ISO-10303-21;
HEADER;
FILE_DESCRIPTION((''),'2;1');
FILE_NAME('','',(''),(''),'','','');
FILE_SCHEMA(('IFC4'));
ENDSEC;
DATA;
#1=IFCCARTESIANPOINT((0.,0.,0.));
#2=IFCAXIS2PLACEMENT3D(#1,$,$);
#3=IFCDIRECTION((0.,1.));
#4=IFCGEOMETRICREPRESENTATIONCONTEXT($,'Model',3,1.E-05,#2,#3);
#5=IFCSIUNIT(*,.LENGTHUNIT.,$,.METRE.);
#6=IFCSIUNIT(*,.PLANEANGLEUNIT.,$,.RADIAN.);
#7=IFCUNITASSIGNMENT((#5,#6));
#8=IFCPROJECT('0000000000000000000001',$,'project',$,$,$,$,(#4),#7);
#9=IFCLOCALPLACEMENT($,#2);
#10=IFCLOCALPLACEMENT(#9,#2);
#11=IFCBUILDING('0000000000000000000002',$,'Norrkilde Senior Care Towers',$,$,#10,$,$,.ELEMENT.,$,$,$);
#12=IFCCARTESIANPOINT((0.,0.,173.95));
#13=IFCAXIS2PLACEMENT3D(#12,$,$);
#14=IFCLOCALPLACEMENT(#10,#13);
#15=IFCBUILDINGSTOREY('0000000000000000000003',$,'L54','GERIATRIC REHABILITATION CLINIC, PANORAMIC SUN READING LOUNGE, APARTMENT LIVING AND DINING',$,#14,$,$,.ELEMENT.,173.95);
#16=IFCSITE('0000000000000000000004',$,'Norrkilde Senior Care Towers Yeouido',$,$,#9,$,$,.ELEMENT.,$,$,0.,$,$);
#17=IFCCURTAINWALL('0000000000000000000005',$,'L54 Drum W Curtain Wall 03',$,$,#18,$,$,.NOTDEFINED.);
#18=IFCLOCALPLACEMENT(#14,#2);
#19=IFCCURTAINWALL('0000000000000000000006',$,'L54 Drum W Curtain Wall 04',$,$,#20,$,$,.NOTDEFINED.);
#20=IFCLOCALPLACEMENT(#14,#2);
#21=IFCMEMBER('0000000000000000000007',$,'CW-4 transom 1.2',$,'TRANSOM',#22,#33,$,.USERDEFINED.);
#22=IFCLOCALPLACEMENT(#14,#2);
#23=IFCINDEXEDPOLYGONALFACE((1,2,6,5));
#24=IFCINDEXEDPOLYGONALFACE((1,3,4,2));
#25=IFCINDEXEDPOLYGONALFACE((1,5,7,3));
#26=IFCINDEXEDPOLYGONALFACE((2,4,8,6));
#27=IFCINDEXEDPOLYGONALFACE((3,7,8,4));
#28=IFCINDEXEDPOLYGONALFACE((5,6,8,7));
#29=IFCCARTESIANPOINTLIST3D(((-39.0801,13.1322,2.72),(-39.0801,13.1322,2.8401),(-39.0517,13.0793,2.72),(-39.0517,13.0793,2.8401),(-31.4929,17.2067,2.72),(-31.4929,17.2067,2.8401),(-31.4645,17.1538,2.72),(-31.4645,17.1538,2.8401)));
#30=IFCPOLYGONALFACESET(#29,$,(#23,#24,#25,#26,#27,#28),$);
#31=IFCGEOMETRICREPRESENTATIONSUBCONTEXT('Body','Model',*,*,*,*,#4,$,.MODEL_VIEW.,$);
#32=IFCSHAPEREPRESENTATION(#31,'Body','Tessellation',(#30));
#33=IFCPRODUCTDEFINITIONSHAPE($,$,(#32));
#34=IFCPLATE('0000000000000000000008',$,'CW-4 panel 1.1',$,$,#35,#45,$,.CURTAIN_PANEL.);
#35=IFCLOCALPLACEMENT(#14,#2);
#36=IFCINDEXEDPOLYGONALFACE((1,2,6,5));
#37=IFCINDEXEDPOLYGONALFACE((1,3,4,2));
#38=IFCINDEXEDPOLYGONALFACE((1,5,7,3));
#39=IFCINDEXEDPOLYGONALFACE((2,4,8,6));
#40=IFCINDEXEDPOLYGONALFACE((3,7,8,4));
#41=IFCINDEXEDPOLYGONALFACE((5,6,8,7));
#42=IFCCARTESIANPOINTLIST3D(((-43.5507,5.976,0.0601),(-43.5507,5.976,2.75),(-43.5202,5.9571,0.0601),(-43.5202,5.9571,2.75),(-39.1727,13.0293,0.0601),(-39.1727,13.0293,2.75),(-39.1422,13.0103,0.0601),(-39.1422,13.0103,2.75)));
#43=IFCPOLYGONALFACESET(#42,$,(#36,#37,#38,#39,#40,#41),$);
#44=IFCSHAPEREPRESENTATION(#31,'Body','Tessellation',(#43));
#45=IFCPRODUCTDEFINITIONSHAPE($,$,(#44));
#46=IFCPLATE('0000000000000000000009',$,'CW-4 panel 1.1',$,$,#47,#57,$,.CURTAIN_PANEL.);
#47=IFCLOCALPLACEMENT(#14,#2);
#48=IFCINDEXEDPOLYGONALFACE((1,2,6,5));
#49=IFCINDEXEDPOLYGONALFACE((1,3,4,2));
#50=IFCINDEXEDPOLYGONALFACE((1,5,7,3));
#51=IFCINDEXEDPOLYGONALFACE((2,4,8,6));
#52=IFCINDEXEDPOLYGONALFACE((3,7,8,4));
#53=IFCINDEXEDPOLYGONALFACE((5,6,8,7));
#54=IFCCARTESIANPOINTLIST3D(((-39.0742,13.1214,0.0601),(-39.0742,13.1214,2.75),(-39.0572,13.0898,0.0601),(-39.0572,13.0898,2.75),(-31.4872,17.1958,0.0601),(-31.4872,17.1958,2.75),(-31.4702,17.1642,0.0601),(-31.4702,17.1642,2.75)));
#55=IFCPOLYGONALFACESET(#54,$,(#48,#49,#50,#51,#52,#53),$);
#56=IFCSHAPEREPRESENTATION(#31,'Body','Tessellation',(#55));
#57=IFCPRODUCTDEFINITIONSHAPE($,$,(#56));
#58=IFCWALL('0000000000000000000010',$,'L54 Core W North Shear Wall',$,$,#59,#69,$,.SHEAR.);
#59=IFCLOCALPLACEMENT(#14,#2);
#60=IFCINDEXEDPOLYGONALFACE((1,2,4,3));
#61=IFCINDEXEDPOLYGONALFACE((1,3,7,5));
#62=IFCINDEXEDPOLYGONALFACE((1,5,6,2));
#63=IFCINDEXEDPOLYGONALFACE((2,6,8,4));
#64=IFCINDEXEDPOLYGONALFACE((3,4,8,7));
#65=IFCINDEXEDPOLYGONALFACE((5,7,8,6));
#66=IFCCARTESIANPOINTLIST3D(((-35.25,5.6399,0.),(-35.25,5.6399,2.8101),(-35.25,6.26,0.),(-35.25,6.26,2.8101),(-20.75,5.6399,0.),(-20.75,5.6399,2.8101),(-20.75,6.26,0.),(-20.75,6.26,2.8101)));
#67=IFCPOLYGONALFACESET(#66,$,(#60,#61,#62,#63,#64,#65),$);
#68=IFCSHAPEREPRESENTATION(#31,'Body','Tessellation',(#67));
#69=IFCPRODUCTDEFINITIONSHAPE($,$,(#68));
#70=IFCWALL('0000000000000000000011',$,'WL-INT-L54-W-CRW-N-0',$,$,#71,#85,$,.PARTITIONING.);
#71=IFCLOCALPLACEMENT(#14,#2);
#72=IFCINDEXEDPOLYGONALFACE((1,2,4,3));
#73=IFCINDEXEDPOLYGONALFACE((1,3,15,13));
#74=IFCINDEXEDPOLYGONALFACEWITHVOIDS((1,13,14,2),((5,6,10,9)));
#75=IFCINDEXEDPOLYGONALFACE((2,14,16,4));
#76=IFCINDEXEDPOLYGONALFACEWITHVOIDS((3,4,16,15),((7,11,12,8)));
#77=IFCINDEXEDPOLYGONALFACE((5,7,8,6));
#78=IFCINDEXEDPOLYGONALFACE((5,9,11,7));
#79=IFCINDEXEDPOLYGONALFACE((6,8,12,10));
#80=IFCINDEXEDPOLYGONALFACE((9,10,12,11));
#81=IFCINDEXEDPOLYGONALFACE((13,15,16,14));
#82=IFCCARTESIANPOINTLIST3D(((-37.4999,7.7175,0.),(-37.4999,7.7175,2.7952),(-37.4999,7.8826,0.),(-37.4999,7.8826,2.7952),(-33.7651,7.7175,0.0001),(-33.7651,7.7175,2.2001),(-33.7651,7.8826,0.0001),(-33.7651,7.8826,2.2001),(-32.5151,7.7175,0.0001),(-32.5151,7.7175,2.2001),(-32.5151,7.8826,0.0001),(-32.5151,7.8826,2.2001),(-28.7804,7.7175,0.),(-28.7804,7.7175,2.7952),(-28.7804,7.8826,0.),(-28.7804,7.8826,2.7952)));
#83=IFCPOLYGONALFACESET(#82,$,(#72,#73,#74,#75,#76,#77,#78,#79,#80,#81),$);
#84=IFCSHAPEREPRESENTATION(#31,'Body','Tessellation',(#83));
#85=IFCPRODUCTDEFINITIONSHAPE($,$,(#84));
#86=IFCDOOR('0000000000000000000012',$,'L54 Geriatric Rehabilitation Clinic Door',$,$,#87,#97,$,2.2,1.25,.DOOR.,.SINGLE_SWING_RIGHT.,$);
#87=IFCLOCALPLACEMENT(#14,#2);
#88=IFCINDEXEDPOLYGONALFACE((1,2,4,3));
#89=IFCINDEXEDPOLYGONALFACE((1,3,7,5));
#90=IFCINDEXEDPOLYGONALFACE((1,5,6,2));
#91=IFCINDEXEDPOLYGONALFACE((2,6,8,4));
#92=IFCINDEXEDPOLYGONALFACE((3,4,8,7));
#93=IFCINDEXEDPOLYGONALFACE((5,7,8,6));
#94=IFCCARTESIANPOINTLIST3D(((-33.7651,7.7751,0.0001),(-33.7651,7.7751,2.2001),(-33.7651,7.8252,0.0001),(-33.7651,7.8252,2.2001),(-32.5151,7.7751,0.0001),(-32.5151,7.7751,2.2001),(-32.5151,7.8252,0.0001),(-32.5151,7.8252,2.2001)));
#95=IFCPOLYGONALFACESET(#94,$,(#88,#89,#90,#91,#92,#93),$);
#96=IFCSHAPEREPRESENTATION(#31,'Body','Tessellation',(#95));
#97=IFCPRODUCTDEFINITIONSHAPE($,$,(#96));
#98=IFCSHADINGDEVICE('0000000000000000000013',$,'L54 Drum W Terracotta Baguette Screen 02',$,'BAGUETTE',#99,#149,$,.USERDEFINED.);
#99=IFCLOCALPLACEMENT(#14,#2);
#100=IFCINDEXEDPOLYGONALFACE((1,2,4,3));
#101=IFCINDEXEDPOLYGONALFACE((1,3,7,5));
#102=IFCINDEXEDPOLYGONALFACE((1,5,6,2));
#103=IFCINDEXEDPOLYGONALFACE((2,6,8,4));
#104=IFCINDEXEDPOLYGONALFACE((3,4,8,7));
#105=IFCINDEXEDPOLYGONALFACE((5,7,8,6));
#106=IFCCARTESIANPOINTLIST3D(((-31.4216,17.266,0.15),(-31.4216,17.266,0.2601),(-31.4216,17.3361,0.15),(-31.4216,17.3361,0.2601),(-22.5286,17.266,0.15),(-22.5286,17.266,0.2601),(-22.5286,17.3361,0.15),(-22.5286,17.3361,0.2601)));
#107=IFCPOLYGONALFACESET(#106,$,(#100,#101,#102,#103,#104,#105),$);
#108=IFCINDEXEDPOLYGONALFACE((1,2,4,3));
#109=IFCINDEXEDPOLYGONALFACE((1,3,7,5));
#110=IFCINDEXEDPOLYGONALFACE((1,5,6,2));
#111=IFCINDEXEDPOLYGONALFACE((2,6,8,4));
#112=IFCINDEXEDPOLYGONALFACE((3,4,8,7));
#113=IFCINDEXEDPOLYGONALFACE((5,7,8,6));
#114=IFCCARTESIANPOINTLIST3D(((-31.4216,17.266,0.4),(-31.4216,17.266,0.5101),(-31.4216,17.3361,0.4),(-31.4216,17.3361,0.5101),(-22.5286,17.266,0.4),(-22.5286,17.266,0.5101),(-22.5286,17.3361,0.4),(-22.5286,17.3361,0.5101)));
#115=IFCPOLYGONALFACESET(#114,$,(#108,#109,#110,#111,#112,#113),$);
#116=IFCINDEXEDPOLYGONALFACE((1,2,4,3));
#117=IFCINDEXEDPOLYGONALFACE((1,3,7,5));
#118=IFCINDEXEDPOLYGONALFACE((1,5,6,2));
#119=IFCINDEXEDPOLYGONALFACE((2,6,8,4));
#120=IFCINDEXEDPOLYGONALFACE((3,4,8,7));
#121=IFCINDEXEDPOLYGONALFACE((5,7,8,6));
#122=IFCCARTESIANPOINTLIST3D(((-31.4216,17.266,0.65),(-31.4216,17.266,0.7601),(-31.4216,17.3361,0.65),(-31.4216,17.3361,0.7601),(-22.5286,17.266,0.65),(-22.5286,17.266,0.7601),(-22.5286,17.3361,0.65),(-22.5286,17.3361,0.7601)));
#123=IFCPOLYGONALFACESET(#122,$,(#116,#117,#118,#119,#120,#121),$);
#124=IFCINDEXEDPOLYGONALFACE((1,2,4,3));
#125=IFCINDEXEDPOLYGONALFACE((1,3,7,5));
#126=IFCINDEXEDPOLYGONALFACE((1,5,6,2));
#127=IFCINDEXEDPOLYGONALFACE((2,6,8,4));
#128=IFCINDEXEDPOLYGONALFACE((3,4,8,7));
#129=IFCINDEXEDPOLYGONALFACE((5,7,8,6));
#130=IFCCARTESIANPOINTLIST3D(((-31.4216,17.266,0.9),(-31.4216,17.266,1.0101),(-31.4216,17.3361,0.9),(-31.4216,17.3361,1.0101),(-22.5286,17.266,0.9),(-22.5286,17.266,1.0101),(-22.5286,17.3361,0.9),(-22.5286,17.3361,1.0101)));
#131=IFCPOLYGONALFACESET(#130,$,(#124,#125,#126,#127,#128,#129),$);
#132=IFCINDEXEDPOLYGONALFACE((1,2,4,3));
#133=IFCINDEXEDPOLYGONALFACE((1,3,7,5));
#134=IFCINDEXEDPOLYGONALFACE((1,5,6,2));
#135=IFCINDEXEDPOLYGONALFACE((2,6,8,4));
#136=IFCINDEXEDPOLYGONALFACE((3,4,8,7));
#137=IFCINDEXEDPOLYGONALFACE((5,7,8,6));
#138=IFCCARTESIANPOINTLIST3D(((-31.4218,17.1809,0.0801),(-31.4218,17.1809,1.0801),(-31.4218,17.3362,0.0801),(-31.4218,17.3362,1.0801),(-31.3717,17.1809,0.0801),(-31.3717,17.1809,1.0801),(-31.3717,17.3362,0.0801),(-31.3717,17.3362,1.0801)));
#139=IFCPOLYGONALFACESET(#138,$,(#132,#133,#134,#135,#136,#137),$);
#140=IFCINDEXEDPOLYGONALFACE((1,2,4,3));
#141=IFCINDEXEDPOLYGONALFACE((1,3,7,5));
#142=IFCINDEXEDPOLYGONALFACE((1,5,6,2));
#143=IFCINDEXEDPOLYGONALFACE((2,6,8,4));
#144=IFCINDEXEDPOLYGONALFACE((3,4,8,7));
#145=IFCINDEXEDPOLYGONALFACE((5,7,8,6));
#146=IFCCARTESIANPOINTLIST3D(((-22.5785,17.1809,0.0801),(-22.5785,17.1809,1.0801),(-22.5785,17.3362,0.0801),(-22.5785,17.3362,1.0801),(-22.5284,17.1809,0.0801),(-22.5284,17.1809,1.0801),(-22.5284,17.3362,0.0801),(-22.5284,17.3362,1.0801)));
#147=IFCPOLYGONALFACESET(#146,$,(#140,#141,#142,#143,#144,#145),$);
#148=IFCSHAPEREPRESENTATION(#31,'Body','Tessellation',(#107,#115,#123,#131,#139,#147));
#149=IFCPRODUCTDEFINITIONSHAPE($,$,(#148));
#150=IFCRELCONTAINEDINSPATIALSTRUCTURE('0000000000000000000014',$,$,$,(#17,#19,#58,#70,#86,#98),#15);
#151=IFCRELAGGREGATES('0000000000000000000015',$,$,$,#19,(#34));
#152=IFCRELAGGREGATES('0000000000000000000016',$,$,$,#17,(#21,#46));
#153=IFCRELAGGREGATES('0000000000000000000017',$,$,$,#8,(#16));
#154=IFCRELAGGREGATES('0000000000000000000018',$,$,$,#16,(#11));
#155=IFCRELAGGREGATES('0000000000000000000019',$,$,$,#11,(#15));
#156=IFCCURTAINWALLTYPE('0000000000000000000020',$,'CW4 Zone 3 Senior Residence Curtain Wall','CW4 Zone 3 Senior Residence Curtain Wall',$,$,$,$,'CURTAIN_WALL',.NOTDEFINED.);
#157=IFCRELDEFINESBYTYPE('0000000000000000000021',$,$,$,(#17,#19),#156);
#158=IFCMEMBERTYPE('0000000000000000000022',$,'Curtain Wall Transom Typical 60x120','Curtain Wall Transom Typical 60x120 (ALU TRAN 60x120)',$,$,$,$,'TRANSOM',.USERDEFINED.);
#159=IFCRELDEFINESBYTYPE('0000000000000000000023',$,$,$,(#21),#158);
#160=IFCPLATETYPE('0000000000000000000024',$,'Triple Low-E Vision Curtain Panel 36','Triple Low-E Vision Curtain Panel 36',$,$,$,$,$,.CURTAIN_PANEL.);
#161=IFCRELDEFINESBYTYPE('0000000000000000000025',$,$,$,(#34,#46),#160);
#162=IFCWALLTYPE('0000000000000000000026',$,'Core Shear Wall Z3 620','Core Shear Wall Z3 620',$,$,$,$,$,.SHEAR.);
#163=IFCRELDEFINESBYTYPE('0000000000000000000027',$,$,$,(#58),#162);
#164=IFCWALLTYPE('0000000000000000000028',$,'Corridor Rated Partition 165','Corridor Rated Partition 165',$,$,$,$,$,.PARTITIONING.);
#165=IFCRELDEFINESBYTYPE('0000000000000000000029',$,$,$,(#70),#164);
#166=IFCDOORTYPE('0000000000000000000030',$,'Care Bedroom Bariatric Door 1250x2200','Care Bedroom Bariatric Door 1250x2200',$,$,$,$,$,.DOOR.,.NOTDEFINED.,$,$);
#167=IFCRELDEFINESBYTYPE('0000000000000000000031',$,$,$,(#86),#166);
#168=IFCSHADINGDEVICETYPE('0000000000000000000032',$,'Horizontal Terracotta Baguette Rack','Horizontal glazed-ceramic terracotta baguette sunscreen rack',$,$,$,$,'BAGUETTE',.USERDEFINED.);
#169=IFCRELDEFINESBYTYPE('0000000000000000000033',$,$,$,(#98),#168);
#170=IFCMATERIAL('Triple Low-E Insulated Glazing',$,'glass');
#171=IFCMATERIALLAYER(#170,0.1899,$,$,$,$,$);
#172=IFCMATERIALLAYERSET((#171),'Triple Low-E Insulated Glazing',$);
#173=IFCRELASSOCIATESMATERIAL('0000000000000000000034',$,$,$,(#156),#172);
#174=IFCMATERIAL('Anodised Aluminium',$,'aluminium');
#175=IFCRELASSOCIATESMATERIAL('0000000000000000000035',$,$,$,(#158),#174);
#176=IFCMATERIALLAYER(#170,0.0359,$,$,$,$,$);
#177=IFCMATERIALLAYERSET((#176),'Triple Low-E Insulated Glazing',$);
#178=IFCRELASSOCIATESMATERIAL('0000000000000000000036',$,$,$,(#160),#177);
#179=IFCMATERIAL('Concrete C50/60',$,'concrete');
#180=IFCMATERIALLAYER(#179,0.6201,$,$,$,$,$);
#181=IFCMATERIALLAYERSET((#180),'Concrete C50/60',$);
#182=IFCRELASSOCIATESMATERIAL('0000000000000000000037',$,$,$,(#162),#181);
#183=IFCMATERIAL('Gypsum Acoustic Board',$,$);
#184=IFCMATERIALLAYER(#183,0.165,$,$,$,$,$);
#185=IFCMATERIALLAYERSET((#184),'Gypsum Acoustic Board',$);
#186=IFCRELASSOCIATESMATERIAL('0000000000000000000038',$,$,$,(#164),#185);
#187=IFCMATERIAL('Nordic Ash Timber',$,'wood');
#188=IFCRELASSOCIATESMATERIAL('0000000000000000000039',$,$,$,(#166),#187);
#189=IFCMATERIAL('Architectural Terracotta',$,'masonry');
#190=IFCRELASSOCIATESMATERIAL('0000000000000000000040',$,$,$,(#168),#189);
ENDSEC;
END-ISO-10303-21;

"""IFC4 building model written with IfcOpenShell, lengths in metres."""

from ifc_helpers import new_model, si_unit, direction, frame, frame_2d, origin, origin_2d, place, context, subcontext, project, spatial, rectangle, extrude, source, transform, mapped, material, layer, layer_set, material_profile, profile_set, type_object, type_shapes, element, fill, aggregate, save


model = new_model("IFC4")

# Units and contexts
model_context = context("Model", 3, precision=1e-05, world=origin(), true_north=direction((0.0, 1.0)))
body_context = subcontext(model_context, "Body", "Model", "MODEL_VIEW")
ifc_project = project(units=[si_unit("LENGTHUNIT", "METRE"), si_unit("PLANEANGLEUNIT", "RADIAN")], contexts=[model_context])

# Site, building, storey
site_placement = place(None, origin())
site = spatial("IfcSite", under=ifc_project, at=site_placement, Name="Norrkilde Senior Care Towers Yeouido", CompositionType="ELEMENT", RefElevation=0.0)
building_placement = place(site_placement, origin())
building = spatial("IfcBuilding", under=site, at=building_placement, Name="Norrkilde Senior Care Towers", CompositionType="ELEMENT")
storey_placement = place(building_placement, frame((0.0, 0.0, 173.95)))
storey = spatial("IfcBuildingStorey", under=building, at=storey_placement, Name="L54", Description="GERIATRIC REHABILITATION CLINIC, PANORAMIC SUN READING LOUNGE, APARTMENT LIVING AND DINING", CompositionType="ELEMENT", Elevation=173.95)

# Shared definitions
ifc_material_1 = material(Name="Concrete C50/60", Category="concrete")

# Shared definitions
ifc_material_2 = material(Name="Triple Low-E Insulated Glazing", Category="glass")
ifc_layer_1 = layer(ifc_material_2, 0.1899)
ifc_layer_set_1 = layer_set([ifc_layer_1], Name="Triple Low-E Insulated Glazing")
curtain_wall_type = type_object("IfcCurtainWallType", Name="CW4 Zone 3 Senior Residence Curtain Wall", Description="CW4 Zone 3 Senior Residence Curtain Wall", ElementType="CURTAIN_WALL", PredefinedType="NOTDEFINED", material=ifc_layer_set_1)
ifc_material_3 = material(Name="Anodised Aluminium", Category="aluminium")

# Curtain walls
curtain_wall_1_placement = place(storey_placement, origin())
curtain_wall_1 = element("IfcCurtainWall", 1, at=curtain_wall_1_placement, inside=storey, type_object=curtain_wall_type, Name="L54 Drum W Curtain Wall 03", PredefinedType="NOTDEFINED")
curtain_wall_2_placement = place(storey_placement, origin())
curtain_wall_2 = element("IfcCurtainWall", 2, at=curtain_wall_2_placement, inside=storey, type_object=curtain_wall_type, Name="L54 Drum W Curtain Wall 04", PredefinedType="NOTDEFINED")
ifc_material_profile_1 = material_profile(ifc_material_3, rectangle(XDim=0.0601, YDim=0.1201, at=origin_2d()), Name="ALU TRAN 60x120")
ifc_profile_set_1 = profile_set([ifc_material_profile_1], Name="Anodised Aluminium")
member_type_1 = type_object("IfcMemberType", Name="Curtain Wall Transom Typical 60x120", Description="Curtain Wall Transom Typical 60x120 (ALU TRAN 60x120)", ElementType="TRANSOM", PredefinedType="USERDEFINED", material=ifc_profile_set_1)

# Member
shared_shape_1 = source(origin(), body_context, "Body", "SweptSolid", [
    extrude(rectangle(XDim=0.0601, YDim=0.1201, at=origin_2d()), origin(), (0.0, 0.0, 1.0), 8.6121),
])
member_1_placement = place(storey_placement, frame((-39.0659, 13.1057, 2.78), z_axis=(0.881, 0.473116, 0.0), x_axis=(-0.473116, 0.881, 0.0)))
member_1 = element("IfcMember", 3, at=member_1_placement, type_object=member_type_1, Name="CW-4 transom 1.2", ObjectType="TRANSOM", PredefinedType="USERDEFINED", context=body_context, shape_type="MappedRepresentation", body=[
    mapped(shared_shape_1, transform((0.0, 0.0, 0.0), x_axis=(1.0, 0.0, 0.0), y_axis=(0.0, 1.0, 0.0), z_axis=(0.0, 0.0, 1.0), scale=1.0)),
])

# Plates
ifc_layer_2 = layer(ifc_material_2, 0.0359)
ifc_layer_set_2 = layer_set([ifc_layer_2], Name="Triple Low-E Insulated Glazing")
plate_type = type_object("IfcPlateType", Name="Triple Low-E Vision Curtain Panel 36", Description="Triple Low-E Vision Curtain Panel 36", PredefinedType="CURTAIN_PANEL", material=ifc_layer_set_2)
shared_shape_2 = source(origin(), body_context, "Body", "SweptSolid", [
    extrude(rectangle(XDim=8.3015, YDim=0.0359, at=origin_2d()), origin(), (0.0, 0.0, 1.0), 2.6899),
])
plate_1_placement = place(storey_placement, frame((-41.3464, 9.4932, 0.0601), z_axis=(0.0, 0.0, 1.0), x_axis=(0.527373, 0.849634, 0.0)))
plate_1 = element("IfcPlate", 4, at=plate_1_placement, type_object=plate_type, Name="CW-4 panel 1.1", PredefinedType="CURTAIN_PANEL", context=body_context, shape_type="MappedRepresentation", body=[
    mapped(shared_shape_2, transform((0.0, 0.0, 0.0), x_axis=(1.0, 0.0, 0.0), y_axis=(0.0, 1.0, 0.0), z_axis=(0.0, 0.0, 1.0), scale=1.0)),
])
aggregate(curtain_wall_2, [plate_1])
shared_shape_3 = source(origin(), body_context, "Body", "SweptSolid", [
    extrude(rectangle(XDim=8.6118, YDim=0.0359, at=origin_2d()), origin(), (0.0, 0.0, 1.0), 2.6899),
])
type_shapes(plate_type, [shared_shape_2, shared_shape_3])
plate_2_placement = place(storey_placement, frame((-35.2722, 15.1428, 0.0601), z_axis=(0.0, 0.0, 1.0), x_axis=(0.881, 0.473117, 0.0)))
plate_2 = element("IfcPlate", 5, at=plate_2_placement, type_object=plate_type, Name="CW-4 panel 1.1", PredefinedType="CURTAIN_PANEL", context=body_context, shape_type="MappedRepresentation", body=[
    mapped(shared_shape_3, transform((0.0, 0.0, 0.0), x_axis=(1.0, 0.0, 0.0), y_axis=(0.0, 1.0, 0.0), z_axis=(0.0, 0.0, 1.0), scale=1.0)),
])
aggregate(curtain_wall_1, [member_1, plate_2])

# Wall
ifc_layer_3 = layer(ifc_material_1, 0.6201)
ifc_layer_set_3 = layer_set([ifc_layer_3], Name="Concrete C50/60")
wall_type_1 = type_object("IfcWallType", Name="Core Shear Wall Z3 620", Description="Core Shear Wall Z3 620", PredefinedType="SHEAR", material=ifc_layer_set_3)
shared_shape_4 = source(origin(), body_context, "Body", "SweptSolid", [
    extrude(rectangle(XDim=14.5, YDim=0.6201, at=frame_2d((7.25, 0.0))), origin(), (0.0, 0.0, 1.0), 2.8101),
])
type_shapes(wall_type_1, [shared_shape_4])
wall_1_placement = place(storey_placement, frame((-35.25, 5.95, 0.0), z_axis=(0.0, 0.0, 1.0), x_axis=(1.0, 0.0, 0.0)))
element("IfcWall", 6, at=wall_1_placement, inside=storey, type_object=wall_type_1, Name="L54 Core W North Shear Wall", PredefinedType="SHEAR", context=body_context, shape_type="MappedRepresentation", body=[
    mapped(shared_shape_4, transform((0.0, 0.0, 0.0), x_axis=(1.0, 0.0, 0.0), y_axis=(0.0, 1.0, 0.0), z_axis=(0.0, 0.0, 1.0), scale=1.0)),
])

# Wall, opening, door
ifc_material_4 = material(Name="Gypsum Acoustic Board")
ifc_layer_4 = layer(ifc_material_4, 0.165)
ifc_layer_set_4 = layer_set([ifc_layer_4], Name="Gypsum Acoustic Board")
wall_type_2 = type_object("IfcWallType", Name="Corridor Rated Partition 165", Description="Corridor Rated Partition 165", PredefinedType="PARTITIONING", material=ifc_layer_set_4)
shared_shape_5 = source(origin(), body_context, "Body", "SweptSolid", [
    extrude(rectangle(XDim=8.7195, YDim=0.165, at=frame_2d((4.3599, 0.0))), origin(), (0.0, 0.0, 1.0), 2.7952),
])
type_shapes(wall_type_2, [shared_shape_5])
wall_2_placement = place(storey_placement, frame((-37.5, 7.8, 0.0), z_axis=(0.0, 0.0, 1.0), x_axis=(1.0, 0.0, 0.0)))
wall_2 = element("IfcWall", 7, at=wall_2_placement, inside=storey, type_object=wall_type_2, Name="WL-INT-L54-W-CRW-N-0", PredefinedType="PARTITIONING", context=body_context, shape_type="MappedRepresentation", body=[
    mapped(shared_shape_5, transform((0.0, 0.0, 0.0), x_axis=(1.0, 0.0, 0.0), y_axis=(0.0, 1.0, 0.0), z_axis=(0.0, 0.0, 1.0), scale=1.0)),
])
opening_placement = place(wall_2_placement, frame((3.7349, 0.0, 0.0)))
opening = element("IfcOpeningElement", 8, at=opening_placement, cuts=wall_2, PredefinedType="OPENING", context=body_context, shape_type="SweptSolid", body=[
    extrude(rectangle(XDim=1.25, YDim=2.2, at=frame_2d((0.625, 1.1001))), frame((0.0, 0.0925, 0.0), z_axis=(0.0, -1.0, 0.0), x_axis=(1.0, 0.0, 0.0)), (0.0, 0.0, 1.0), 0.1851),
])
ifc_material_5 = material(Name="Nordic Ash Timber", Category="wood")
door_type = type_object("IfcDoorType", Name="Care Bedroom Bariatric Door 1250x2200", Description="Care Bedroom Bariatric Door 1250x2200", OperationType="NOTDEFINED", PredefinedType="DOOR", material=ifc_material_5)
shared_shape_6 = source(origin(), body_context, "Body", "SweptSolid", [
    extrude(rectangle(XDim=1.25, YDim=2.2, at=frame_2d((0.625, 1.1001))), frame((0.0, 0.0249, 0.0), z_axis=(0.0, -1.0, 0.0), x_axis=(1.0, 0.0, 0.0)), (0.0, 0.0, 1.0), 0.05),
])
type_shapes(door_type, [shared_shape_6])
door_placement = place(opening_placement, frame((1.25, 0.0, 0.0), z_axis=(0.0, 0.0, 1.0), x_axis=(-1.0, 0.0, 0.0)))
door = element("IfcDoor", 9, at=door_placement, inside=storey, type_object=door_type, Name="L54 Geriatric Rehabilitation Clinic Door", OperationType="SINGLE_SWING_RIGHT", OverallHeight=2.2, OverallWidth=1.25, PredefinedType="DOOR", context=body_context, shape_type="MappedRepresentation", body=[
    mapped(shared_shape_6, transform((0.0, 0.0, 0.0), x_axis=(1.0, 0.0, 0.0), y_axis=(0.0, 1.0, 0.0), z_axis=(0.0, 0.0, 1.0), scale=1.0)),
])
fill(opening, door)

# Shading device
ifc_material_6 = material(Name="Architectural Terracotta", Category="masonry")
shading_device_type = type_object("IfcShadingDeviceType", Name="Horizontal Terracotta Baguette Rack", Description="Horizontal glazed-ceramic terracotta baguette sunscreen rack", ElementType="BAGUETTE", PredefinedType="USERDEFINED", material=ifc_material_6)
shared_shape_7 = source(origin(), body_context, "Body", "SweptSolid", [
    extrude(rectangle(XDim=0.0701, YDim=0.1101, at=origin_2d()), frame((0.0, 0.0901, 0.125), z_axis=(1.0, 0.0, 0.0), x_axis=(0.0, 1.0, 0.0)), (0.0, 0.0, 1.0), 8.8931),
    extrude(rectangle(XDim=0.0701, YDim=0.1101, at=origin_2d()), frame((0.0, 0.0901, 0.375), z_axis=(1.0, 0.0, 0.0), x_axis=(0.0, 1.0, 0.0)), (0.0, 0.0, 1.0), 8.8931),
    extrude(rectangle(XDim=0.0701, YDim=0.1101, at=origin_2d()), frame((0.0, 0.0901, 0.625), z_axis=(1.0, 0.0, 0.0), x_axis=(0.0, 1.0, 0.0)), (0.0, 0.0, 1.0), 8.8931),
    extrude(rectangle(XDim=0.0701, YDim=0.1101, at=origin_2d()), frame((0.0, 0.0901, 0.875), z_axis=(1.0, 0.0, 0.0), x_axis=(0.0, 1.0, 0.0)), (0.0, 0.0, 1.0), 8.8931),
    extrude(rectangle(XDim=0.05, YDim=0.1553, at=origin_2d()), frame((0.0249, 0.0476, 0.0)), (0.0, 0.0, 1.0), 1.0),
    extrude(rectangle(XDim=0.05, YDim=0.1553, at=origin_2d()), frame((8.8682, 0.0476, 0.0)), (0.0, 0.0, 1.0), 1.0),
])
type_shapes(shading_device_type, [shared_shape_7])
shading_device_placement = place(storey_placement, frame((-31.4216, 17.2109, 0.0801), z_axis=(0.0, 0.0, 1.0), x_axis=(1.0, 0.0, 0.0)))
element("IfcShadingDevice", 10, at=shading_device_placement, inside=storey, type_object=shading_device_type, Name="L54 Drum W Terracotta Baguette Screen 02", ObjectType="BAGUETTE", PredefinedType="USERDEFINED", context=body_context, shape_type="MappedRepresentation", body=[
    mapped(shared_shape_7, transform((0.0, 0.0, 0.0), x_axis=(1.0, 0.0, 0.0), y_axis=(0.0, 1.0, 0.0), z_axis=(0.0, 0.0, 1.0), scale=1.0)),
])

save(model, "model.ifc")
